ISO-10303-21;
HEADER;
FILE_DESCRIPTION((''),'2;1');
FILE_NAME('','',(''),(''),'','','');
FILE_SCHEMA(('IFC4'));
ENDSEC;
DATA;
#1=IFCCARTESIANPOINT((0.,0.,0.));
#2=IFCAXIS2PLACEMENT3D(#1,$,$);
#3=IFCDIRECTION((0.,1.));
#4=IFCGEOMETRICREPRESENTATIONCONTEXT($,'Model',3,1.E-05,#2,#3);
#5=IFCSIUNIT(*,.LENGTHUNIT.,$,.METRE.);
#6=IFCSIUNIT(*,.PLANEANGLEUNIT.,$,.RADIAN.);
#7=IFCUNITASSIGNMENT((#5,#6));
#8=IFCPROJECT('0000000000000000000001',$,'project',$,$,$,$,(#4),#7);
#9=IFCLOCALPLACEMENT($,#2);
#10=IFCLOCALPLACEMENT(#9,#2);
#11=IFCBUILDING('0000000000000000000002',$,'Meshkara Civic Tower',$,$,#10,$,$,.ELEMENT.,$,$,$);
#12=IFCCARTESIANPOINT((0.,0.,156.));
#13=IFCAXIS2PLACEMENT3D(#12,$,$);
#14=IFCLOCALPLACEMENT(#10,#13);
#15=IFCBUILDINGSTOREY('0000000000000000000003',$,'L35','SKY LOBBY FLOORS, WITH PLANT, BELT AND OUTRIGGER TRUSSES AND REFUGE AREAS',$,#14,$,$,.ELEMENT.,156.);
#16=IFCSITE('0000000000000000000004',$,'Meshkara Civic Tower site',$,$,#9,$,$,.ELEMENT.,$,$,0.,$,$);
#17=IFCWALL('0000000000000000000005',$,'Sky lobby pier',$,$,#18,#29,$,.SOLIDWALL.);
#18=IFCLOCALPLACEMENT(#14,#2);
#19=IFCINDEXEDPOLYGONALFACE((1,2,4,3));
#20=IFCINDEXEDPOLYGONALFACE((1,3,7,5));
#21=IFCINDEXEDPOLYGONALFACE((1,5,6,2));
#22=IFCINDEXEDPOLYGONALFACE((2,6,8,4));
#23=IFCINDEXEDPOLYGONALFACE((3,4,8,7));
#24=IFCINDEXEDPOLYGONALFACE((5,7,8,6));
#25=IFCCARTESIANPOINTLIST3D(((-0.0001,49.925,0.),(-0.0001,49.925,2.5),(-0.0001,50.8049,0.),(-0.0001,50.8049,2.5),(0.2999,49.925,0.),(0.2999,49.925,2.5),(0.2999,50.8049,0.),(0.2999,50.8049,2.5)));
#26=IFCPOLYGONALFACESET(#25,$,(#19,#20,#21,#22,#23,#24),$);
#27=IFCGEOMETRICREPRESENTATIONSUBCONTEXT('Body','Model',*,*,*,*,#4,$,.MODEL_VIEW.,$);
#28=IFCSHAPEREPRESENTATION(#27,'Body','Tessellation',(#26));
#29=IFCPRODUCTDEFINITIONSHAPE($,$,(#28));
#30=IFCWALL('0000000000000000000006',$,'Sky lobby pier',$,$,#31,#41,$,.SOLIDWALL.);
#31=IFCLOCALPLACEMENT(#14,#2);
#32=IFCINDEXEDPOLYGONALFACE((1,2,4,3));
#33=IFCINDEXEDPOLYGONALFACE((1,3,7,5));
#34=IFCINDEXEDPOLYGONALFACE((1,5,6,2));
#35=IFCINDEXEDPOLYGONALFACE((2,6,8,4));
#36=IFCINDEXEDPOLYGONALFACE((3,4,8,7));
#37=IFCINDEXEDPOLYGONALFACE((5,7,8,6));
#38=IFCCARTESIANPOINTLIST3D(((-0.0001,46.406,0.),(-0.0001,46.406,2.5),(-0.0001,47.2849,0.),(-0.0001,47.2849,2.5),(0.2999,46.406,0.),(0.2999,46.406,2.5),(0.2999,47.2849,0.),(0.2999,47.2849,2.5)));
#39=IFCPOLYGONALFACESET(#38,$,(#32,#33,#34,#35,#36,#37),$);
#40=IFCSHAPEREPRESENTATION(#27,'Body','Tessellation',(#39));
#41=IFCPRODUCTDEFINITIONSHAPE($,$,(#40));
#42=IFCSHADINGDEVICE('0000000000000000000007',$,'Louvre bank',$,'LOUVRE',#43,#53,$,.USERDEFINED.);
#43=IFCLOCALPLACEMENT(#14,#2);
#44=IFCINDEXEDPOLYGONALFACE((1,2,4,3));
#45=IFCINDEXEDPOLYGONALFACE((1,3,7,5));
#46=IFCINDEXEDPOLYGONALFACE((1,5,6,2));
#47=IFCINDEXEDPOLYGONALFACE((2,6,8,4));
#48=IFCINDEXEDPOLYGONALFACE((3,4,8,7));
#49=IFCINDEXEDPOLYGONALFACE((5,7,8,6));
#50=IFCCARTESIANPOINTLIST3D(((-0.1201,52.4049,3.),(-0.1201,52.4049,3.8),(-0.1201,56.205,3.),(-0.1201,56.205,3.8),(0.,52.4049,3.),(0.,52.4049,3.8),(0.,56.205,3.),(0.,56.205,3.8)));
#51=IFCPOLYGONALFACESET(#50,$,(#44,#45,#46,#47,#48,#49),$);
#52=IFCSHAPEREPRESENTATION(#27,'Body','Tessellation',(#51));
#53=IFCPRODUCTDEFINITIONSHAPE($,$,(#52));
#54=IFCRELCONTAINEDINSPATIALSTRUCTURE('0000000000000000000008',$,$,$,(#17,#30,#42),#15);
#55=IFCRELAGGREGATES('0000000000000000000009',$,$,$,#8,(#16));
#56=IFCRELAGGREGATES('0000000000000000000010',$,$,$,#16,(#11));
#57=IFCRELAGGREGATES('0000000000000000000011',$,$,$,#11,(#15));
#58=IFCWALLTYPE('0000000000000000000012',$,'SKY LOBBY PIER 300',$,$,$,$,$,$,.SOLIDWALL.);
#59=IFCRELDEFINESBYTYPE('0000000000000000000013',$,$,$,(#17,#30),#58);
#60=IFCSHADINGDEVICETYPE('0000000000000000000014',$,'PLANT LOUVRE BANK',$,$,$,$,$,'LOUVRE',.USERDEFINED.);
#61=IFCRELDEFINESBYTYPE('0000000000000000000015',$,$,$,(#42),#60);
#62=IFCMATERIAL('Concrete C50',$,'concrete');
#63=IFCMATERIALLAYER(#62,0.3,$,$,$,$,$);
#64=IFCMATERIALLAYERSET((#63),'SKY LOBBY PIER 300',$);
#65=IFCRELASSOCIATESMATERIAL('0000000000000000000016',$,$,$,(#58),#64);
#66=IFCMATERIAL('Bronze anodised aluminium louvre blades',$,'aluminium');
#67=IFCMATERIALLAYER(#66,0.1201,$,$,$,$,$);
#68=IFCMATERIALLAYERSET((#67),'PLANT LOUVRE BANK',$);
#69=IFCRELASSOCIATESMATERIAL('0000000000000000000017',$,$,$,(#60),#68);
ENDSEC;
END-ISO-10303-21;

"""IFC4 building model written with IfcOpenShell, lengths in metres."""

from ifc_helpers import new_model, si_unit, direction, frame, frame_2d, origin, origin_2d, place, context, subcontext, project, spatial, rectangle, extrude, material, layer, layer_set, type_object, element, save


model = new_model("IFC4")

# Units and contexts
model_context = context("Model", 3, precision=1e-05, world=origin(), true_north=direction((0.0, 1.0)))
body_context = subcontext(model_context, "Body", "Model", "MODEL_VIEW")
ifc_project = project(units=[si_unit("LENGTHUNIT", "METRE"), si_unit("PLANEANGLEUNIT", "RADIAN")], contexts=[model_context])

# Site, building, storey
site_placement = place(None, origin())
site = spatial("IfcSite", under=ifc_project, at=site_placement, Name="Meshkara Civic Tower site", CompositionType="ELEMENT", RefElevation=0.0)
building_placement = place(site_placement, origin())
building = spatial("IfcBuilding", under=site, at=building_placement, Name="Meshkara Civic Tower", CompositionType="ELEMENT")
storey_placement = place(building_placement, frame((0.0, 0.0, 156.0)))
storey = spatial("IfcBuildingStorey", under=building, at=storey_placement, Name="L35", Description="SKY LOBBY FLOORS, WITH PLANT, BELT AND OUTRIGGER TRUSSES AND REFUGE AREAS", CompositionType="ELEMENT", Elevation=156.0)

# Walls
ifc_material_1 = material(Name="Concrete C50", Category="concrete")
ifc_layer_1 = layer(ifc_material_1, 0.3)
ifc_layer_set_1 = layer_set([ifc_layer_1], Name="SKY LOBBY PIER 300")
wall_type_1 = type_object("IfcWallType", Name="SKY LOBBY PIER 300", PredefinedType="SOLIDWALL", material=ifc_layer_set_1)
wall_1_placement = place(storey_placement, frame((0.1499, 50.8049, 0.0), z_axis=(0.0, 0.0, 1.0), x_axis=(0.0, -1.0, 0.0)))
element("IfcWall", 1, at=wall_1_placement, inside=storey, type_object=wall_type_1, Name="Sky lobby pier", PredefinedType="SOLIDWALL", context=body_context, shape_type="SweptSolid", body=[
    extrude(rectangle(XDim=0.8799, YDim=0.3, at=frame_2d((0.4399, 0.0))), origin(), (0.0, 0.0, 1.0), 2.5),
])
wall_2_placement = place(storey_placement, frame((0.1499, 47.2849, 0.0), z_axis=(0.0, 0.0, 1.0), x_axis=(0.0, -1.0, 0.0)))
element("IfcWall", 2, at=wall_2_placement, inside=storey, type_object=wall_type_1, Name="Sky lobby pier", PredefinedType="SOLIDWALL", context=body_context, shape_type="SweptSolid", body=[
    extrude(rectangle(XDim=0.8789, YDim=0.3, at=frame_2d((0.4395, 0.0))), origin(), (0.0, 0.0, 1.0), 2.5),
])

# Shading device
ifc_material_2 = material(Name="Bronze anodised aluminium louvre blades", Category="aluminium")
ifc_layer_2 = layer(ifc_material_2, 0.1201)
ifc_layer_set_2 = layer_set([ifc_layer_2], Name="PLANT LOUVRE BANK")
shading_device_type = type_object("IfcShadingDeviceType", Name="PLANT LOUVRE BANK", ElementType="LOUVRE", PredefinedType="USERDEFINED", material=ifc_layer_set_2)
shading_device_placement = place(storey_placement, frame((-0.0601, 54.3049, 3.0), z_axis=(0.0, 0.0, 1.0), x_axis=(0.0, -1.0, 0.0)))
element("IfcShadingDevice", 3, at=shading_device_placement, inside=storey, type_object=shading_device_type, Name="Louvre bank", ObjectType="LOUVRE", PredefinedType="USERDEFINED", context=body_context, shape_type="SweptSolid", body=[
    extrude(rectangle(XDim=3.8, YDim=0.1201, at=origin_2d()), origin(), (0.0, 0.0, 1.0), 0.8),
])

save(model, "model.ifc")
